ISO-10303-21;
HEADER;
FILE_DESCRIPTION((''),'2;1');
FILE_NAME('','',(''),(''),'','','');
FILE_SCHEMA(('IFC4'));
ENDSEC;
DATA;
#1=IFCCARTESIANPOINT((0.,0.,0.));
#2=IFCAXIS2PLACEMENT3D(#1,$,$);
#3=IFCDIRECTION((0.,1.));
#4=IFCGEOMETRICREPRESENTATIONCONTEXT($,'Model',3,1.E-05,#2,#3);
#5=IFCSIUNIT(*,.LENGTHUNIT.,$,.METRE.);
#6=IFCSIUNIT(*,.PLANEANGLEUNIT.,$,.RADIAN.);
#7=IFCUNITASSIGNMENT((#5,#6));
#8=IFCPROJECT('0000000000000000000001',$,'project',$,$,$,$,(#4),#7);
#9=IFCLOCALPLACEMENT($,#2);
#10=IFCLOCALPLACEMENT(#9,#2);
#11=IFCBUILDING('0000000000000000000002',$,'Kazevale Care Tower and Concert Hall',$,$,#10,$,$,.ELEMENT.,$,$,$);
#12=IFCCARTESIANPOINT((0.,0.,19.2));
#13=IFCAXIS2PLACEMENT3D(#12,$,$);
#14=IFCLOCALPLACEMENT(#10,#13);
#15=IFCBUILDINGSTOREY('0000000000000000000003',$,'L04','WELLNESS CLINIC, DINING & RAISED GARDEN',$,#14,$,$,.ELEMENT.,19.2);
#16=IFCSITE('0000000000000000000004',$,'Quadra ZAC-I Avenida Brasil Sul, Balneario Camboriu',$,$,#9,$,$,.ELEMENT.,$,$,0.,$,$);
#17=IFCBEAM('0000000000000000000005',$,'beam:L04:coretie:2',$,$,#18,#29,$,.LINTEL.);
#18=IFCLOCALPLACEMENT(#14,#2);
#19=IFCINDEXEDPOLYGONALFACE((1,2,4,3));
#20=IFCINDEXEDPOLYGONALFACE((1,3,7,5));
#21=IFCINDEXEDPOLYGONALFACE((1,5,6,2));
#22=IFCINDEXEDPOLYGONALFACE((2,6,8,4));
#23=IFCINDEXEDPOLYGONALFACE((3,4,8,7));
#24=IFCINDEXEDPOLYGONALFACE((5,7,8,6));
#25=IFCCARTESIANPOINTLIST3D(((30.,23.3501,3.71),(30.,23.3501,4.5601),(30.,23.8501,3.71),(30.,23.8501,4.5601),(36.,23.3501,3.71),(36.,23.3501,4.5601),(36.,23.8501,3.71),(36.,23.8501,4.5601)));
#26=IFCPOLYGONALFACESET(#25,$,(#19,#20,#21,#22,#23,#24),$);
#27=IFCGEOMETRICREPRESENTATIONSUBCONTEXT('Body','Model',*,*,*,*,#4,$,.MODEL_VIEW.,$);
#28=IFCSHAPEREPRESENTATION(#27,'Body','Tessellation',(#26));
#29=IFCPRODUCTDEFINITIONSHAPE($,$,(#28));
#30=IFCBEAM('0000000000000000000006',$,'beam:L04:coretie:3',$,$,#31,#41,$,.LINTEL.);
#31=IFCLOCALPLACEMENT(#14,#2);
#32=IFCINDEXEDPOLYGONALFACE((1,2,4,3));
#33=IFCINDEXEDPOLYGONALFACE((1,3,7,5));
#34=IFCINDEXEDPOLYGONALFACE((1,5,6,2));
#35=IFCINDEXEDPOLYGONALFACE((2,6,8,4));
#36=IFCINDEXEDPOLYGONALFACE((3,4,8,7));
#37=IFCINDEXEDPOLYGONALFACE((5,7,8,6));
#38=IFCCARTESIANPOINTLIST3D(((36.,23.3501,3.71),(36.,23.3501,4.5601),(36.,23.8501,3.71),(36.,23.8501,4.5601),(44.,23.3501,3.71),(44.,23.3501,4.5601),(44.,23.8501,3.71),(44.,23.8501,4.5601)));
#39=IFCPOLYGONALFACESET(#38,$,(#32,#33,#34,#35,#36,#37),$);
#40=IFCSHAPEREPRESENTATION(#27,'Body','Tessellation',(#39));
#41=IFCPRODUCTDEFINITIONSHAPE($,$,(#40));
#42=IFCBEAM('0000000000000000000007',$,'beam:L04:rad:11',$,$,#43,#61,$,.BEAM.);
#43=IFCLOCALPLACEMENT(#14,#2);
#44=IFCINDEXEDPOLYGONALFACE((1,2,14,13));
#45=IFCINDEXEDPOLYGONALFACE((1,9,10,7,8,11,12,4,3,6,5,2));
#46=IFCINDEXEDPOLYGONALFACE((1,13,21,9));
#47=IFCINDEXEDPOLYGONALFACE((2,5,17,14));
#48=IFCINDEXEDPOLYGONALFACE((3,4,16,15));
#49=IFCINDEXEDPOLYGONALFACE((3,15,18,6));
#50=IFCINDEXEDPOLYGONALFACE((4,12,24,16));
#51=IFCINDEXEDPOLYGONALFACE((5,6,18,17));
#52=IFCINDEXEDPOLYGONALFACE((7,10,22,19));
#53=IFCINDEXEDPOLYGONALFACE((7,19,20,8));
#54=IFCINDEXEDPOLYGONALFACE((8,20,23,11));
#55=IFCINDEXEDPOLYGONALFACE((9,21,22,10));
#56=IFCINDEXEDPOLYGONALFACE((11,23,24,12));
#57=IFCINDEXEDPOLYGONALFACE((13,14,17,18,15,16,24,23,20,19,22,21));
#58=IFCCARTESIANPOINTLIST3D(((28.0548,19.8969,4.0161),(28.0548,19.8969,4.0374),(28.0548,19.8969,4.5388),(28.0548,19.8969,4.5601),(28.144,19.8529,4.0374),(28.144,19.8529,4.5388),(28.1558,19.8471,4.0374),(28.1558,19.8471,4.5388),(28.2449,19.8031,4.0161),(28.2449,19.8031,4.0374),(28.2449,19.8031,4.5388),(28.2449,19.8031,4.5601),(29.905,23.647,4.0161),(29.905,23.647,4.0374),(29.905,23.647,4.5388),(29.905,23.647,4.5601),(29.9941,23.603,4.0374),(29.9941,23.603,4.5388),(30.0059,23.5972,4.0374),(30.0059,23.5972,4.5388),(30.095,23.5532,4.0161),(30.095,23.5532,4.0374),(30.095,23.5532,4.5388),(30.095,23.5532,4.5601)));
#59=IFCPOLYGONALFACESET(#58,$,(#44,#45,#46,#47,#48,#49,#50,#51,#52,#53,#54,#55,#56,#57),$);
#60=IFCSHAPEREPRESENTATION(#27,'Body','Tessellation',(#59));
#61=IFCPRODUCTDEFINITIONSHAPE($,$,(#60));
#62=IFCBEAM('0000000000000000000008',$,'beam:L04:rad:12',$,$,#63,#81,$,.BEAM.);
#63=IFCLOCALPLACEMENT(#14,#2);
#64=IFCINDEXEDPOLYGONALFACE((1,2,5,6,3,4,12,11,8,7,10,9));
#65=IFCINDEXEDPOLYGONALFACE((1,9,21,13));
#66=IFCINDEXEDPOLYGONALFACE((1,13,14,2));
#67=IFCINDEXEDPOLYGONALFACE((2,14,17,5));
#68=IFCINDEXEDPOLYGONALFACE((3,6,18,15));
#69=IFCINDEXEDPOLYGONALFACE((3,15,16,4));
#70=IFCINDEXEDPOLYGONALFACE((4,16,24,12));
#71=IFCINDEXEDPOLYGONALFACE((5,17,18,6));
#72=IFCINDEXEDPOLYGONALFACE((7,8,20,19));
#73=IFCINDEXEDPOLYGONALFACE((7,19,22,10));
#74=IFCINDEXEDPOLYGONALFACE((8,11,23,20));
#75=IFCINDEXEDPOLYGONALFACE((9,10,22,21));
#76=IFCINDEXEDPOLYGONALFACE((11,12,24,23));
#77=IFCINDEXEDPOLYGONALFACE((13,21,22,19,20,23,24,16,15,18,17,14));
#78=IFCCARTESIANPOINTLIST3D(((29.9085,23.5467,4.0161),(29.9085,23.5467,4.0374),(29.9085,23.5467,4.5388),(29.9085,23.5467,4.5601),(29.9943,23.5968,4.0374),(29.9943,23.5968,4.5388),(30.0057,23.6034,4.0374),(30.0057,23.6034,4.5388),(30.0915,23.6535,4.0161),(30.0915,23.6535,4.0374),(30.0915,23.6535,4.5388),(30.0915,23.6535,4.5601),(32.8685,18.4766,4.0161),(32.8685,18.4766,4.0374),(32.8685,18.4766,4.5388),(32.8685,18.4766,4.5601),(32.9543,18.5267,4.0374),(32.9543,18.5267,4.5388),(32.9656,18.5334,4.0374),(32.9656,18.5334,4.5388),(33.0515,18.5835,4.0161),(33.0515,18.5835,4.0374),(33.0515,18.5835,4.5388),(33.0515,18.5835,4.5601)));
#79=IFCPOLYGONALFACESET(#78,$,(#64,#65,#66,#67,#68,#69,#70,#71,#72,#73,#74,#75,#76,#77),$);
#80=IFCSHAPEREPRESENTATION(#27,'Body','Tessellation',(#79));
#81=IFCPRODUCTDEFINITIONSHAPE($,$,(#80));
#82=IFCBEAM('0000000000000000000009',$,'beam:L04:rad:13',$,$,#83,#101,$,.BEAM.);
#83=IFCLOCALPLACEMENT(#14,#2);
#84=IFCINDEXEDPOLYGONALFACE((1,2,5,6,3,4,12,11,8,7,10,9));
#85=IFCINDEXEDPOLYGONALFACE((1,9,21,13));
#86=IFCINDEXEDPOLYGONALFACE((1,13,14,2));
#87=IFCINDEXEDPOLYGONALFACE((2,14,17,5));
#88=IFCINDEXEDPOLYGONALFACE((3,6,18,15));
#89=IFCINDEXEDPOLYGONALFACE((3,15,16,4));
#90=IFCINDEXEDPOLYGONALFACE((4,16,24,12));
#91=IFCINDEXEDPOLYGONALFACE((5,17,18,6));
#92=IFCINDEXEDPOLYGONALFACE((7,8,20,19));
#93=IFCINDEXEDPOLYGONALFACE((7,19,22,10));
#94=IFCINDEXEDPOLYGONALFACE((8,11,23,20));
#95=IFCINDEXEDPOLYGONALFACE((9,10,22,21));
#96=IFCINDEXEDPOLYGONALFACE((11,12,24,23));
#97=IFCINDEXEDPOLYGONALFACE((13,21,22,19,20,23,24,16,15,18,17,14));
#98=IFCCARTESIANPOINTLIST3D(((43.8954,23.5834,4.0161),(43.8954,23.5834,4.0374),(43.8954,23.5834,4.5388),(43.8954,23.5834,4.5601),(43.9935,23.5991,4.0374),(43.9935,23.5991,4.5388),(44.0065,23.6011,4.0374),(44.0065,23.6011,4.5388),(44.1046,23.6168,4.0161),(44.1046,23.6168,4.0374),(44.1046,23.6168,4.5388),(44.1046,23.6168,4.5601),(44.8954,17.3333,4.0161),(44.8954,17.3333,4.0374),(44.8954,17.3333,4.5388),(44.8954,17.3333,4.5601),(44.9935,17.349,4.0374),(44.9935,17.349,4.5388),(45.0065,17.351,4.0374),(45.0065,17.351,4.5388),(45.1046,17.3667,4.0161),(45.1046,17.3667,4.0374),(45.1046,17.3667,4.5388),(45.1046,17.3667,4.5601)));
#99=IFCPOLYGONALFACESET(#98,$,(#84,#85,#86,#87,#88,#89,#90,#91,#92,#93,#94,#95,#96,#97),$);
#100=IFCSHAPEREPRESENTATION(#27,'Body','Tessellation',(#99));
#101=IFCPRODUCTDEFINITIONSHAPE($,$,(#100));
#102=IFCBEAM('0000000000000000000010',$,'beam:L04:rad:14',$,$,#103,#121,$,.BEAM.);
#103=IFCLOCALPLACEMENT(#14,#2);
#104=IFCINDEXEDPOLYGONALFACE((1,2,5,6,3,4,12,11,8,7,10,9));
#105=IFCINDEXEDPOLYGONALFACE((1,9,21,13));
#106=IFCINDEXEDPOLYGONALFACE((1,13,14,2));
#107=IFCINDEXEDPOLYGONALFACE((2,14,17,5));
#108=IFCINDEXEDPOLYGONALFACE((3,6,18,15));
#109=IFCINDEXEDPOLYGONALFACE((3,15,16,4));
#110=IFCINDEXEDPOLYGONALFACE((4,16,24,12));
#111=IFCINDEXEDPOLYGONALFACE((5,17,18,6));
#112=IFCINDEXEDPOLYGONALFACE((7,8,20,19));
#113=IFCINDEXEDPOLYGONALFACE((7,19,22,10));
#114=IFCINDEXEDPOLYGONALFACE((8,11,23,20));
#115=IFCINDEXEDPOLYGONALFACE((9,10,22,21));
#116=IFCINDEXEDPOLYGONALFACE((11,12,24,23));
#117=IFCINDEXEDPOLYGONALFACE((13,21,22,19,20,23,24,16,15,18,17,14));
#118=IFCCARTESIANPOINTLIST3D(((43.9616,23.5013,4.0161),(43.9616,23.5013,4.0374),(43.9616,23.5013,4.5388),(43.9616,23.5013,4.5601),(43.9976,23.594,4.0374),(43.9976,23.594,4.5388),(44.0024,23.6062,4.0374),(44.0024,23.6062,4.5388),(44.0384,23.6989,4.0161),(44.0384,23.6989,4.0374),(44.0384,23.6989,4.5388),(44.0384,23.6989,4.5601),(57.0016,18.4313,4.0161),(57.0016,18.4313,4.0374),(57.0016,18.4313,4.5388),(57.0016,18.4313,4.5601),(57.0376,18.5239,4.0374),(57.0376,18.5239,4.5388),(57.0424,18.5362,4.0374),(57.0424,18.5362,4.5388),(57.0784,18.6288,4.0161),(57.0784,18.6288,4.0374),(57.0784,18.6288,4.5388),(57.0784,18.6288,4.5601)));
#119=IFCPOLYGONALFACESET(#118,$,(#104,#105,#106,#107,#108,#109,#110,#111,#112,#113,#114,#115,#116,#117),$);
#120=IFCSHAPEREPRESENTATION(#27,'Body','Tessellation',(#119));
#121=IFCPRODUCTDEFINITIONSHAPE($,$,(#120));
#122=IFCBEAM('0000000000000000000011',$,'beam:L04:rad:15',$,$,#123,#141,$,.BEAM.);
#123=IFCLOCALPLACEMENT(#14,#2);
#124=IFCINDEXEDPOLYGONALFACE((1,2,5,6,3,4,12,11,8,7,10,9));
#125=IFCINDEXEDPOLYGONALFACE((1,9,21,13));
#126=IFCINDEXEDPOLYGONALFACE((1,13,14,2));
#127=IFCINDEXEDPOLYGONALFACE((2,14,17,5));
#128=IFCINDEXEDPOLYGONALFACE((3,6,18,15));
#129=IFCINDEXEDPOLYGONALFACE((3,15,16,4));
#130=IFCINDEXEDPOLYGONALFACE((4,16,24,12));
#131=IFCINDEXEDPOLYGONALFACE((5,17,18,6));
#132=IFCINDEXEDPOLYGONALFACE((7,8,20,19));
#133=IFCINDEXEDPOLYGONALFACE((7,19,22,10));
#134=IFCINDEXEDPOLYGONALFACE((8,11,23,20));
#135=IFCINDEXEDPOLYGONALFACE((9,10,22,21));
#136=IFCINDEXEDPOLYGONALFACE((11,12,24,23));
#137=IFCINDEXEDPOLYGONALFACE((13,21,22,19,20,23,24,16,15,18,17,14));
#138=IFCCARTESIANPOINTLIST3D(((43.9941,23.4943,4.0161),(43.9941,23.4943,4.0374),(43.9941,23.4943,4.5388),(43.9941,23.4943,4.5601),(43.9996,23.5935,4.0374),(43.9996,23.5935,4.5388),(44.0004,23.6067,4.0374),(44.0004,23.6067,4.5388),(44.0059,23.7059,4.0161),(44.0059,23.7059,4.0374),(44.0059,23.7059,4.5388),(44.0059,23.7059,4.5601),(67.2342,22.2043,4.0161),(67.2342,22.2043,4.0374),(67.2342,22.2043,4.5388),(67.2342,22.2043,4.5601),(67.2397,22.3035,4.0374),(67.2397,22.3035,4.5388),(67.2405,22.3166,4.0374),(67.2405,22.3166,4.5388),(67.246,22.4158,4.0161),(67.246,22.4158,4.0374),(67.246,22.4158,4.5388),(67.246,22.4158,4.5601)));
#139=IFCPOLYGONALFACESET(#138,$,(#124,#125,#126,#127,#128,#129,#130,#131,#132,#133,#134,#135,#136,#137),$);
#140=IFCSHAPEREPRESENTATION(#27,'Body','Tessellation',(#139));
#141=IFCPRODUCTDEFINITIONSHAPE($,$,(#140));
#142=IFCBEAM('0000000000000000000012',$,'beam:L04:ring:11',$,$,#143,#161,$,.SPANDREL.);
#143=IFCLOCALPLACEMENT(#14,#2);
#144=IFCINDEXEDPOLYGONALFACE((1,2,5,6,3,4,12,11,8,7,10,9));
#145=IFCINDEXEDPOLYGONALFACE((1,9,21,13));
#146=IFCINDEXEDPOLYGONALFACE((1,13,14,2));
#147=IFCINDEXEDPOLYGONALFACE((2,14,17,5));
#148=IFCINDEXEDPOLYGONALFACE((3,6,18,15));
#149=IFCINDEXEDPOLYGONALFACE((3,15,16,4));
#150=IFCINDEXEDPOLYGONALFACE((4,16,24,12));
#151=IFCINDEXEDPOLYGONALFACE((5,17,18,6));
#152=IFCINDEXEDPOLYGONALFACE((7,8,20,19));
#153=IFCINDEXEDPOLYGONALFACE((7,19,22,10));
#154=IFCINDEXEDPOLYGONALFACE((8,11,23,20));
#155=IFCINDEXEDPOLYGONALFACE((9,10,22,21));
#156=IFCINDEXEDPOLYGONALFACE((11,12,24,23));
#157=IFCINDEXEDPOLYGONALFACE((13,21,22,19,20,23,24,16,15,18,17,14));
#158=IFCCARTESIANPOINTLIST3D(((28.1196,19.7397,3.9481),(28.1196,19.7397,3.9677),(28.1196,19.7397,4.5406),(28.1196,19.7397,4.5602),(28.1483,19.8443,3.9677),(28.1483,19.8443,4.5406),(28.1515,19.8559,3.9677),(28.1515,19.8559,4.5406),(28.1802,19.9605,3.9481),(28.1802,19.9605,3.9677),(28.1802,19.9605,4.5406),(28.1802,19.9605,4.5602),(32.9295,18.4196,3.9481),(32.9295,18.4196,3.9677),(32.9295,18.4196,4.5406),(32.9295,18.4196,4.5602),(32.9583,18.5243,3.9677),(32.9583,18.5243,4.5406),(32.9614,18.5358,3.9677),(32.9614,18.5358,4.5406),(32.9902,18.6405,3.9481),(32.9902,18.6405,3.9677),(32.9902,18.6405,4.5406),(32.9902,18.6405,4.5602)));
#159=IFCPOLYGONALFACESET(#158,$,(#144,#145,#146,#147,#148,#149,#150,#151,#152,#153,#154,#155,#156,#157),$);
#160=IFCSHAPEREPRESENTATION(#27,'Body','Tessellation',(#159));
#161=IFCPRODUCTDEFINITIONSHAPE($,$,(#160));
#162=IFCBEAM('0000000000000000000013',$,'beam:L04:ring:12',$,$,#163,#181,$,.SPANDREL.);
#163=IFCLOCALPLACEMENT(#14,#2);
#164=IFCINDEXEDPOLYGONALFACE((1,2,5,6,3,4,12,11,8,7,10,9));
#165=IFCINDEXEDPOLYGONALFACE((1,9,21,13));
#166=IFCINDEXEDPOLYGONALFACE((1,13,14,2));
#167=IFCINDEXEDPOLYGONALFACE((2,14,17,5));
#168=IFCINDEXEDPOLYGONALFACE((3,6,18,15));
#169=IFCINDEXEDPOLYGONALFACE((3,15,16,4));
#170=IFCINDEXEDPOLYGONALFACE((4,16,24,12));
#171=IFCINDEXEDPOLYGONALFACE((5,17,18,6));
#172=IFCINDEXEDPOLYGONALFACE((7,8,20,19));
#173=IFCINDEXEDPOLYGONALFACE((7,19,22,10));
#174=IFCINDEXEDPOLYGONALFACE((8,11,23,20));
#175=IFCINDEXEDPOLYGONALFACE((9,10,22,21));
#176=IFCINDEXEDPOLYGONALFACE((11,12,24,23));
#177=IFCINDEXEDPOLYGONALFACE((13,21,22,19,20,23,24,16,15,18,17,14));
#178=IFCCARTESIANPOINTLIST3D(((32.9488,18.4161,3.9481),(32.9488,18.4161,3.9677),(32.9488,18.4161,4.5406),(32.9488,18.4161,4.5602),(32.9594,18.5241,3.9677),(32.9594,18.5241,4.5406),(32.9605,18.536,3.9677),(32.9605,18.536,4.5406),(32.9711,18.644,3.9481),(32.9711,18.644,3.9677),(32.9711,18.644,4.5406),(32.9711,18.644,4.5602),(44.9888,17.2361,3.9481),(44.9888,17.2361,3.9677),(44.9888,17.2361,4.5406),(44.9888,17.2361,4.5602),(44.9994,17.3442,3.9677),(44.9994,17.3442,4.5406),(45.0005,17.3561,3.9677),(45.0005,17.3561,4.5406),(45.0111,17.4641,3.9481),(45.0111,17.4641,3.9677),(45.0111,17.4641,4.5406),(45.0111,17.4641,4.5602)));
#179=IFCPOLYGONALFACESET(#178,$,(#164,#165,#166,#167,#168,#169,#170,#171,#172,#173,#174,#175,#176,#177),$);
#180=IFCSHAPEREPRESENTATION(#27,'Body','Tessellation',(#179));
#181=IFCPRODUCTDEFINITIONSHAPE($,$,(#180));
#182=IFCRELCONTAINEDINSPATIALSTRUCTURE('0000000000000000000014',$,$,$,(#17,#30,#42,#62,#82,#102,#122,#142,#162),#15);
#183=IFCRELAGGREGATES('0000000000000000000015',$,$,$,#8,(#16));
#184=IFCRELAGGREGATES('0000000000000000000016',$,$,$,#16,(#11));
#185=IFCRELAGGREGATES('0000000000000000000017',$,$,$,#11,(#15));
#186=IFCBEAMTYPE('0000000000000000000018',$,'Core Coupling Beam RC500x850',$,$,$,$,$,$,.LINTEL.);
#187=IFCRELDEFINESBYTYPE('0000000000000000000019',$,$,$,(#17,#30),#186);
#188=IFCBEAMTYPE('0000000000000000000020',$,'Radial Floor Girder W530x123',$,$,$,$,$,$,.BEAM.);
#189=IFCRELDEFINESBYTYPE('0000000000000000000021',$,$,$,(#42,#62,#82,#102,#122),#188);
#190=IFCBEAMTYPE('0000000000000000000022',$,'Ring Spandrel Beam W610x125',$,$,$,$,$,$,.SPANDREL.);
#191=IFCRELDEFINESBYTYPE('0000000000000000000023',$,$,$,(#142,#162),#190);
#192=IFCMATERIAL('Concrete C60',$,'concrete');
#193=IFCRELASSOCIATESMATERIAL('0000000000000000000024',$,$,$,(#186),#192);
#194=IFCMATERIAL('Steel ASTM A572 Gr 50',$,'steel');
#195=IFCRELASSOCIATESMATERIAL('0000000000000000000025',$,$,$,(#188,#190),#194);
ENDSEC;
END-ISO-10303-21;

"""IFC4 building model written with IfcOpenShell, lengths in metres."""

from ifc_helpers import new_model, si_unit, direction, frame, origin, origin_2d, place, context, subcontext, project, spatial, rectangle, i_section, extrude, material, material_profile, profile_set, type_object, element, save


model = new_model("IFC4")

# Units and contexts
model_context = context("Model", 3, precision=1e-05, world=origin(), true_north=direction((0.0, 1.0)))
body_context = subcontext(model_context, "Body", "Model", "MODEL_VIEW")
ifc_project = project(units=[si_unit("LENGTHUNIT", "METRE"), si_unit("PLANEANGLEUNIT", "RADIAN")], contexts=[model_context])

# Site, building, storey
site_placement = place(None, origin())
site = spatial("IfcSite", under=ifc_project, at=site_placement, Name="Quadra ZAC-I Avenida Brasil Sul, Balneario Camboriu", CompositionType="ELEMENT", RefElevation=0.0)
building_placement = place(site_placement, origin())
building = spatial("IfcBuilding", under=site, at=building_placement, Name="Kazevale Care Tower and Concert Hall", CompositionType="ELEMENT")
storey_placement = place(building_placement, frame((0.0, 0.0, 19.2)))
storey = spatial("IfcBuildingStorey", under=building, at=storey_placement, Name="L04", Description="WELLNESS CLINIC, DINING & RAISED GARDEN", CompositionType="ELEMENT", Elevation=19.2)

# Beams
ifc_material_1 = material(Name="Concrete C60", Category="concrete")
ifc_material_profile_1 = material_profile(ifc_material_1, rectangle(XDim=0.5, YDim=0.8501, at=origin_2d()), Name="RC-B500x850")
ifc_profile_set_1 = profile_set([ifc_material_profile_1], Name="Concrete C60")
beam_type_1 = type_object("IfcBeamType", Name="Core Coupling Beam RC500x850", PredefinedType="LINTEL", material=ifc_profile_set_1)
beam_1_placement = place(storey_placement, frame((30.0, 23.6001, 4.135), z_axis=(1.0, 0.0, 0.0), x_axis=(0.0, 1.0, 0.0)))
element("IfcBeam", 1, at=beam_1_placement, inside=storey, type_object=beam_type_1, Name="beam:L04:coretie:2", PredefinedType="LINTEL", context=body_context, shape_type="SweptSolid", body=[
    extrude(rectangle(XDim=0.5, YDim=0.8501, at=origin_2d()), origin(), (0.0, 0.0, 1.0), 6.0),
])
beam_2_placement = place(storey_placement, frame((36.0, 23.6001, 4.135), z_axis=(1.0, 0.0, 0.0), x_axis=(0.0, 1.0, 0.0)))
element("IfcBeam", 2, at=beam_2_placement, inside=storey, type_object=beam_type_1, Name="beam:L04:coretie:3", PredefinedType="LINTEL", context=body_context, shape_type="SweptSolid", body=[
    extrude(rectangle(XDim=0.5, YDim=0.8501, at=origin_2d()), origin(), (0.0, 0.0, 1.0), 8.0),
])
ifc_material_2 = material(Name="Steel ASTM A572 Gr 50", Category="steel")
ifc_material_profile_2 = material_profile(ifc_material_2, i_section(OverallWidth=0.2119, OverallDepth=0.5439, WebThickness=0.0132, FlangeThickness=0.0212, at=origin_2d()), Name="W530x123")
ifc_profile_set_2 = profile_set([ifc_material_profile_2], Name="Steel ASTM A572 Gr 50")
beam_type_2 = type_object("IfcBeamType", Name="Radial Floor Girder W530x123", PredefinedType="BEAM", material=ifc_profile_set_2)
beam_3_placement = place(storey_placement, frame((30.0, 23.6001, 4.2881), z_axis=(-0.442443, -0.896797, 0.0), x_axis=(0.896797, -0.442443, 0.0)))
element("IfcBeam", 3, at=beam_3_placement, inside=storey, type_object=beam_type_2, Name="beam:L04:rad:11", PredefinedType="BEAM", context=body_context, shape_type="SweptSolid", body=[
    extrude(i_section(OverallWidth=0.2119, OverallDepth=0.5439, WebThickness=0.0132, FlangeThickness=0.0212, at=origin_2d()), origin(), (0.0, 0.0, 1.0), 4.1816),
])
beam_4_placement = place(storey_placement, frame((30.0, 23.6001, 4.2881), z_axis=(0.504179, -0.863599, 0.0), x_axis=(0.863599, 0.504179, 0.0)))
element("IfcBeam", 4, at=beam_4_placement, inside=storey, type_object=beam_type_2, Name="beam:L04:rad:12", PredefinedType="BEAM", context=body_context, shape_type="SweptSolid", body=[
    extrude(i_section(OverallWidth=0.2119, OverallDepth=0.5439, WebThickness=0.0132, FlangeThickness=0.0212, at=origin_2d()), origin(), (0.0, 0.0, 1.0), 5.8708),
])
beam_5_placement = place(storey_placement, frame((44.0, 23.6001, 4.2881), z_axis=(0.157991, -0.987441, 0.0), x_axis=(0.987441, 0.157991, 0.0)))
element("IfcBeam", 5, at=beam_5_placement, inside=storey, type_object=beam_type_2, Name="beam:L04:rad:13", PredefinedType="BEAM", context=body_context, shape_type="SweptSolid", body=[
    extrude(i_section(OverallWidth=0.2119, OverallDepth=0.5439, WebThickness=0.0132, FlangeThickness=0.0212, at=origin_2d()), origin(), (0.0, 0.0, 1.0), 6.3296),
])
beam_6_placement = place(storey_placement, frame((44.0, 23.6001, 4.2881), z_axis=(0.93203, -0.362381, 0.0), x_axis=(0.362381, 0.93203, 0.0)))
element("IfcBeam", 6, at=beam_6_placement, inside=storey, type_object=beam_type_2, Name="beam:L04:rad:14", PredefinedType="BEAM", context=body_context, shape_type="SweptSolid", body=[
    extrude(i_section(OverallWidth=0.2119, OverallDepth=0.5439, WebThickness=0.0132, FlangeThickness=0.0212, at=origin_2d()), origin(), (0.0, 0.0, 1.0), 13.991),
])
beam_7_placement = place(storey_placement, frame((44.0, 23.6001, 4.2881), z_axis=(0.998463, -0.055424, 0.0), x_axis=(0.055424, 0.998463, 0.0)))
element("IfcBeam", 7, at=beam_7_placement, inside=storey, type_object=beam_type_2, Name="beam:L04:rad:15", PredefinedType="BEAM", context=body_context, shape_type="SweptSolid", body=[
    extrude(i_section(OverallWidth=0.2119, OverallDepth=0.5439, WebThickness=0.0132, FlangeThickness=0.0212, at=origin_2d()), origin(), (0.0, 0.0, 1.0), 23.2759),
])
ifc_material_profile_3 = material_profile(ifc_material_2, i_section(OverallWidth=0.229, OverallDepth=0.6121, WebThickness=0.012, FlangeThickness=0.0195, at=origin_2d()), Name="W610x125")
ifc_profile_set_3 = profile_set([ifc_material_profile_3], Name="Steel ASTM A572 Gr 50")
beam_type_3 = type_object("IfcBeamType", Name="Ring Spandrel Beam W610x125", PredefinedType="SPANDREL", material=ifc_profile_set_3)
beam_8_placement = place(storey_placement, frame((28.1499, 19.8501, 4.2542), z_axis=(0.964344, -0.264654, 0.0), x_axis=(0.264654, 0.964344, 0.0)))
element("IfcBeam", 8, at=beam_8_placement, inside=storey, type_object=beam_type_3, Name="beam:L04:ring:11", PredefinedType="SPANDREL", context=body_context, shape_type="SweptSolid", body=[
    extrude(i_section(OverallWidth=0.229, OverallDepth=0.6121, WebThickness=0.012, FlangeThickness=0.0195, at=origin_2d()), origin(), (0.0, 0.0, 1.0), 4.9878),
])
for number, where, z_axis, x_axis, name in (
    (9, (32.96, 18.53, 4.2542), (0.995232, -0.097533, 0.0), (0.097533, 0.995232, 0.0), "beam:L04:ring:12"),
):
    element("IfcBeam", number, at=place(storey_placement, frame(where, z_axis=z_axis, x_axis=x_axis)), inside=storey, type_object=beam_type_3, Name=name, PredefinedType="SPANDREL", context=body_context, shape_type="SweptSolid", body=[
        extrude(i_section(OverallWidth=0.229, OverallDepth=0.6121, WebThickness=0.012, FlangeThickness=0.0195, at=origin_2d()), origin(), (0.0, 0.0, 1.0), 12.0977),
    ])

save(model, "model.ifc")
